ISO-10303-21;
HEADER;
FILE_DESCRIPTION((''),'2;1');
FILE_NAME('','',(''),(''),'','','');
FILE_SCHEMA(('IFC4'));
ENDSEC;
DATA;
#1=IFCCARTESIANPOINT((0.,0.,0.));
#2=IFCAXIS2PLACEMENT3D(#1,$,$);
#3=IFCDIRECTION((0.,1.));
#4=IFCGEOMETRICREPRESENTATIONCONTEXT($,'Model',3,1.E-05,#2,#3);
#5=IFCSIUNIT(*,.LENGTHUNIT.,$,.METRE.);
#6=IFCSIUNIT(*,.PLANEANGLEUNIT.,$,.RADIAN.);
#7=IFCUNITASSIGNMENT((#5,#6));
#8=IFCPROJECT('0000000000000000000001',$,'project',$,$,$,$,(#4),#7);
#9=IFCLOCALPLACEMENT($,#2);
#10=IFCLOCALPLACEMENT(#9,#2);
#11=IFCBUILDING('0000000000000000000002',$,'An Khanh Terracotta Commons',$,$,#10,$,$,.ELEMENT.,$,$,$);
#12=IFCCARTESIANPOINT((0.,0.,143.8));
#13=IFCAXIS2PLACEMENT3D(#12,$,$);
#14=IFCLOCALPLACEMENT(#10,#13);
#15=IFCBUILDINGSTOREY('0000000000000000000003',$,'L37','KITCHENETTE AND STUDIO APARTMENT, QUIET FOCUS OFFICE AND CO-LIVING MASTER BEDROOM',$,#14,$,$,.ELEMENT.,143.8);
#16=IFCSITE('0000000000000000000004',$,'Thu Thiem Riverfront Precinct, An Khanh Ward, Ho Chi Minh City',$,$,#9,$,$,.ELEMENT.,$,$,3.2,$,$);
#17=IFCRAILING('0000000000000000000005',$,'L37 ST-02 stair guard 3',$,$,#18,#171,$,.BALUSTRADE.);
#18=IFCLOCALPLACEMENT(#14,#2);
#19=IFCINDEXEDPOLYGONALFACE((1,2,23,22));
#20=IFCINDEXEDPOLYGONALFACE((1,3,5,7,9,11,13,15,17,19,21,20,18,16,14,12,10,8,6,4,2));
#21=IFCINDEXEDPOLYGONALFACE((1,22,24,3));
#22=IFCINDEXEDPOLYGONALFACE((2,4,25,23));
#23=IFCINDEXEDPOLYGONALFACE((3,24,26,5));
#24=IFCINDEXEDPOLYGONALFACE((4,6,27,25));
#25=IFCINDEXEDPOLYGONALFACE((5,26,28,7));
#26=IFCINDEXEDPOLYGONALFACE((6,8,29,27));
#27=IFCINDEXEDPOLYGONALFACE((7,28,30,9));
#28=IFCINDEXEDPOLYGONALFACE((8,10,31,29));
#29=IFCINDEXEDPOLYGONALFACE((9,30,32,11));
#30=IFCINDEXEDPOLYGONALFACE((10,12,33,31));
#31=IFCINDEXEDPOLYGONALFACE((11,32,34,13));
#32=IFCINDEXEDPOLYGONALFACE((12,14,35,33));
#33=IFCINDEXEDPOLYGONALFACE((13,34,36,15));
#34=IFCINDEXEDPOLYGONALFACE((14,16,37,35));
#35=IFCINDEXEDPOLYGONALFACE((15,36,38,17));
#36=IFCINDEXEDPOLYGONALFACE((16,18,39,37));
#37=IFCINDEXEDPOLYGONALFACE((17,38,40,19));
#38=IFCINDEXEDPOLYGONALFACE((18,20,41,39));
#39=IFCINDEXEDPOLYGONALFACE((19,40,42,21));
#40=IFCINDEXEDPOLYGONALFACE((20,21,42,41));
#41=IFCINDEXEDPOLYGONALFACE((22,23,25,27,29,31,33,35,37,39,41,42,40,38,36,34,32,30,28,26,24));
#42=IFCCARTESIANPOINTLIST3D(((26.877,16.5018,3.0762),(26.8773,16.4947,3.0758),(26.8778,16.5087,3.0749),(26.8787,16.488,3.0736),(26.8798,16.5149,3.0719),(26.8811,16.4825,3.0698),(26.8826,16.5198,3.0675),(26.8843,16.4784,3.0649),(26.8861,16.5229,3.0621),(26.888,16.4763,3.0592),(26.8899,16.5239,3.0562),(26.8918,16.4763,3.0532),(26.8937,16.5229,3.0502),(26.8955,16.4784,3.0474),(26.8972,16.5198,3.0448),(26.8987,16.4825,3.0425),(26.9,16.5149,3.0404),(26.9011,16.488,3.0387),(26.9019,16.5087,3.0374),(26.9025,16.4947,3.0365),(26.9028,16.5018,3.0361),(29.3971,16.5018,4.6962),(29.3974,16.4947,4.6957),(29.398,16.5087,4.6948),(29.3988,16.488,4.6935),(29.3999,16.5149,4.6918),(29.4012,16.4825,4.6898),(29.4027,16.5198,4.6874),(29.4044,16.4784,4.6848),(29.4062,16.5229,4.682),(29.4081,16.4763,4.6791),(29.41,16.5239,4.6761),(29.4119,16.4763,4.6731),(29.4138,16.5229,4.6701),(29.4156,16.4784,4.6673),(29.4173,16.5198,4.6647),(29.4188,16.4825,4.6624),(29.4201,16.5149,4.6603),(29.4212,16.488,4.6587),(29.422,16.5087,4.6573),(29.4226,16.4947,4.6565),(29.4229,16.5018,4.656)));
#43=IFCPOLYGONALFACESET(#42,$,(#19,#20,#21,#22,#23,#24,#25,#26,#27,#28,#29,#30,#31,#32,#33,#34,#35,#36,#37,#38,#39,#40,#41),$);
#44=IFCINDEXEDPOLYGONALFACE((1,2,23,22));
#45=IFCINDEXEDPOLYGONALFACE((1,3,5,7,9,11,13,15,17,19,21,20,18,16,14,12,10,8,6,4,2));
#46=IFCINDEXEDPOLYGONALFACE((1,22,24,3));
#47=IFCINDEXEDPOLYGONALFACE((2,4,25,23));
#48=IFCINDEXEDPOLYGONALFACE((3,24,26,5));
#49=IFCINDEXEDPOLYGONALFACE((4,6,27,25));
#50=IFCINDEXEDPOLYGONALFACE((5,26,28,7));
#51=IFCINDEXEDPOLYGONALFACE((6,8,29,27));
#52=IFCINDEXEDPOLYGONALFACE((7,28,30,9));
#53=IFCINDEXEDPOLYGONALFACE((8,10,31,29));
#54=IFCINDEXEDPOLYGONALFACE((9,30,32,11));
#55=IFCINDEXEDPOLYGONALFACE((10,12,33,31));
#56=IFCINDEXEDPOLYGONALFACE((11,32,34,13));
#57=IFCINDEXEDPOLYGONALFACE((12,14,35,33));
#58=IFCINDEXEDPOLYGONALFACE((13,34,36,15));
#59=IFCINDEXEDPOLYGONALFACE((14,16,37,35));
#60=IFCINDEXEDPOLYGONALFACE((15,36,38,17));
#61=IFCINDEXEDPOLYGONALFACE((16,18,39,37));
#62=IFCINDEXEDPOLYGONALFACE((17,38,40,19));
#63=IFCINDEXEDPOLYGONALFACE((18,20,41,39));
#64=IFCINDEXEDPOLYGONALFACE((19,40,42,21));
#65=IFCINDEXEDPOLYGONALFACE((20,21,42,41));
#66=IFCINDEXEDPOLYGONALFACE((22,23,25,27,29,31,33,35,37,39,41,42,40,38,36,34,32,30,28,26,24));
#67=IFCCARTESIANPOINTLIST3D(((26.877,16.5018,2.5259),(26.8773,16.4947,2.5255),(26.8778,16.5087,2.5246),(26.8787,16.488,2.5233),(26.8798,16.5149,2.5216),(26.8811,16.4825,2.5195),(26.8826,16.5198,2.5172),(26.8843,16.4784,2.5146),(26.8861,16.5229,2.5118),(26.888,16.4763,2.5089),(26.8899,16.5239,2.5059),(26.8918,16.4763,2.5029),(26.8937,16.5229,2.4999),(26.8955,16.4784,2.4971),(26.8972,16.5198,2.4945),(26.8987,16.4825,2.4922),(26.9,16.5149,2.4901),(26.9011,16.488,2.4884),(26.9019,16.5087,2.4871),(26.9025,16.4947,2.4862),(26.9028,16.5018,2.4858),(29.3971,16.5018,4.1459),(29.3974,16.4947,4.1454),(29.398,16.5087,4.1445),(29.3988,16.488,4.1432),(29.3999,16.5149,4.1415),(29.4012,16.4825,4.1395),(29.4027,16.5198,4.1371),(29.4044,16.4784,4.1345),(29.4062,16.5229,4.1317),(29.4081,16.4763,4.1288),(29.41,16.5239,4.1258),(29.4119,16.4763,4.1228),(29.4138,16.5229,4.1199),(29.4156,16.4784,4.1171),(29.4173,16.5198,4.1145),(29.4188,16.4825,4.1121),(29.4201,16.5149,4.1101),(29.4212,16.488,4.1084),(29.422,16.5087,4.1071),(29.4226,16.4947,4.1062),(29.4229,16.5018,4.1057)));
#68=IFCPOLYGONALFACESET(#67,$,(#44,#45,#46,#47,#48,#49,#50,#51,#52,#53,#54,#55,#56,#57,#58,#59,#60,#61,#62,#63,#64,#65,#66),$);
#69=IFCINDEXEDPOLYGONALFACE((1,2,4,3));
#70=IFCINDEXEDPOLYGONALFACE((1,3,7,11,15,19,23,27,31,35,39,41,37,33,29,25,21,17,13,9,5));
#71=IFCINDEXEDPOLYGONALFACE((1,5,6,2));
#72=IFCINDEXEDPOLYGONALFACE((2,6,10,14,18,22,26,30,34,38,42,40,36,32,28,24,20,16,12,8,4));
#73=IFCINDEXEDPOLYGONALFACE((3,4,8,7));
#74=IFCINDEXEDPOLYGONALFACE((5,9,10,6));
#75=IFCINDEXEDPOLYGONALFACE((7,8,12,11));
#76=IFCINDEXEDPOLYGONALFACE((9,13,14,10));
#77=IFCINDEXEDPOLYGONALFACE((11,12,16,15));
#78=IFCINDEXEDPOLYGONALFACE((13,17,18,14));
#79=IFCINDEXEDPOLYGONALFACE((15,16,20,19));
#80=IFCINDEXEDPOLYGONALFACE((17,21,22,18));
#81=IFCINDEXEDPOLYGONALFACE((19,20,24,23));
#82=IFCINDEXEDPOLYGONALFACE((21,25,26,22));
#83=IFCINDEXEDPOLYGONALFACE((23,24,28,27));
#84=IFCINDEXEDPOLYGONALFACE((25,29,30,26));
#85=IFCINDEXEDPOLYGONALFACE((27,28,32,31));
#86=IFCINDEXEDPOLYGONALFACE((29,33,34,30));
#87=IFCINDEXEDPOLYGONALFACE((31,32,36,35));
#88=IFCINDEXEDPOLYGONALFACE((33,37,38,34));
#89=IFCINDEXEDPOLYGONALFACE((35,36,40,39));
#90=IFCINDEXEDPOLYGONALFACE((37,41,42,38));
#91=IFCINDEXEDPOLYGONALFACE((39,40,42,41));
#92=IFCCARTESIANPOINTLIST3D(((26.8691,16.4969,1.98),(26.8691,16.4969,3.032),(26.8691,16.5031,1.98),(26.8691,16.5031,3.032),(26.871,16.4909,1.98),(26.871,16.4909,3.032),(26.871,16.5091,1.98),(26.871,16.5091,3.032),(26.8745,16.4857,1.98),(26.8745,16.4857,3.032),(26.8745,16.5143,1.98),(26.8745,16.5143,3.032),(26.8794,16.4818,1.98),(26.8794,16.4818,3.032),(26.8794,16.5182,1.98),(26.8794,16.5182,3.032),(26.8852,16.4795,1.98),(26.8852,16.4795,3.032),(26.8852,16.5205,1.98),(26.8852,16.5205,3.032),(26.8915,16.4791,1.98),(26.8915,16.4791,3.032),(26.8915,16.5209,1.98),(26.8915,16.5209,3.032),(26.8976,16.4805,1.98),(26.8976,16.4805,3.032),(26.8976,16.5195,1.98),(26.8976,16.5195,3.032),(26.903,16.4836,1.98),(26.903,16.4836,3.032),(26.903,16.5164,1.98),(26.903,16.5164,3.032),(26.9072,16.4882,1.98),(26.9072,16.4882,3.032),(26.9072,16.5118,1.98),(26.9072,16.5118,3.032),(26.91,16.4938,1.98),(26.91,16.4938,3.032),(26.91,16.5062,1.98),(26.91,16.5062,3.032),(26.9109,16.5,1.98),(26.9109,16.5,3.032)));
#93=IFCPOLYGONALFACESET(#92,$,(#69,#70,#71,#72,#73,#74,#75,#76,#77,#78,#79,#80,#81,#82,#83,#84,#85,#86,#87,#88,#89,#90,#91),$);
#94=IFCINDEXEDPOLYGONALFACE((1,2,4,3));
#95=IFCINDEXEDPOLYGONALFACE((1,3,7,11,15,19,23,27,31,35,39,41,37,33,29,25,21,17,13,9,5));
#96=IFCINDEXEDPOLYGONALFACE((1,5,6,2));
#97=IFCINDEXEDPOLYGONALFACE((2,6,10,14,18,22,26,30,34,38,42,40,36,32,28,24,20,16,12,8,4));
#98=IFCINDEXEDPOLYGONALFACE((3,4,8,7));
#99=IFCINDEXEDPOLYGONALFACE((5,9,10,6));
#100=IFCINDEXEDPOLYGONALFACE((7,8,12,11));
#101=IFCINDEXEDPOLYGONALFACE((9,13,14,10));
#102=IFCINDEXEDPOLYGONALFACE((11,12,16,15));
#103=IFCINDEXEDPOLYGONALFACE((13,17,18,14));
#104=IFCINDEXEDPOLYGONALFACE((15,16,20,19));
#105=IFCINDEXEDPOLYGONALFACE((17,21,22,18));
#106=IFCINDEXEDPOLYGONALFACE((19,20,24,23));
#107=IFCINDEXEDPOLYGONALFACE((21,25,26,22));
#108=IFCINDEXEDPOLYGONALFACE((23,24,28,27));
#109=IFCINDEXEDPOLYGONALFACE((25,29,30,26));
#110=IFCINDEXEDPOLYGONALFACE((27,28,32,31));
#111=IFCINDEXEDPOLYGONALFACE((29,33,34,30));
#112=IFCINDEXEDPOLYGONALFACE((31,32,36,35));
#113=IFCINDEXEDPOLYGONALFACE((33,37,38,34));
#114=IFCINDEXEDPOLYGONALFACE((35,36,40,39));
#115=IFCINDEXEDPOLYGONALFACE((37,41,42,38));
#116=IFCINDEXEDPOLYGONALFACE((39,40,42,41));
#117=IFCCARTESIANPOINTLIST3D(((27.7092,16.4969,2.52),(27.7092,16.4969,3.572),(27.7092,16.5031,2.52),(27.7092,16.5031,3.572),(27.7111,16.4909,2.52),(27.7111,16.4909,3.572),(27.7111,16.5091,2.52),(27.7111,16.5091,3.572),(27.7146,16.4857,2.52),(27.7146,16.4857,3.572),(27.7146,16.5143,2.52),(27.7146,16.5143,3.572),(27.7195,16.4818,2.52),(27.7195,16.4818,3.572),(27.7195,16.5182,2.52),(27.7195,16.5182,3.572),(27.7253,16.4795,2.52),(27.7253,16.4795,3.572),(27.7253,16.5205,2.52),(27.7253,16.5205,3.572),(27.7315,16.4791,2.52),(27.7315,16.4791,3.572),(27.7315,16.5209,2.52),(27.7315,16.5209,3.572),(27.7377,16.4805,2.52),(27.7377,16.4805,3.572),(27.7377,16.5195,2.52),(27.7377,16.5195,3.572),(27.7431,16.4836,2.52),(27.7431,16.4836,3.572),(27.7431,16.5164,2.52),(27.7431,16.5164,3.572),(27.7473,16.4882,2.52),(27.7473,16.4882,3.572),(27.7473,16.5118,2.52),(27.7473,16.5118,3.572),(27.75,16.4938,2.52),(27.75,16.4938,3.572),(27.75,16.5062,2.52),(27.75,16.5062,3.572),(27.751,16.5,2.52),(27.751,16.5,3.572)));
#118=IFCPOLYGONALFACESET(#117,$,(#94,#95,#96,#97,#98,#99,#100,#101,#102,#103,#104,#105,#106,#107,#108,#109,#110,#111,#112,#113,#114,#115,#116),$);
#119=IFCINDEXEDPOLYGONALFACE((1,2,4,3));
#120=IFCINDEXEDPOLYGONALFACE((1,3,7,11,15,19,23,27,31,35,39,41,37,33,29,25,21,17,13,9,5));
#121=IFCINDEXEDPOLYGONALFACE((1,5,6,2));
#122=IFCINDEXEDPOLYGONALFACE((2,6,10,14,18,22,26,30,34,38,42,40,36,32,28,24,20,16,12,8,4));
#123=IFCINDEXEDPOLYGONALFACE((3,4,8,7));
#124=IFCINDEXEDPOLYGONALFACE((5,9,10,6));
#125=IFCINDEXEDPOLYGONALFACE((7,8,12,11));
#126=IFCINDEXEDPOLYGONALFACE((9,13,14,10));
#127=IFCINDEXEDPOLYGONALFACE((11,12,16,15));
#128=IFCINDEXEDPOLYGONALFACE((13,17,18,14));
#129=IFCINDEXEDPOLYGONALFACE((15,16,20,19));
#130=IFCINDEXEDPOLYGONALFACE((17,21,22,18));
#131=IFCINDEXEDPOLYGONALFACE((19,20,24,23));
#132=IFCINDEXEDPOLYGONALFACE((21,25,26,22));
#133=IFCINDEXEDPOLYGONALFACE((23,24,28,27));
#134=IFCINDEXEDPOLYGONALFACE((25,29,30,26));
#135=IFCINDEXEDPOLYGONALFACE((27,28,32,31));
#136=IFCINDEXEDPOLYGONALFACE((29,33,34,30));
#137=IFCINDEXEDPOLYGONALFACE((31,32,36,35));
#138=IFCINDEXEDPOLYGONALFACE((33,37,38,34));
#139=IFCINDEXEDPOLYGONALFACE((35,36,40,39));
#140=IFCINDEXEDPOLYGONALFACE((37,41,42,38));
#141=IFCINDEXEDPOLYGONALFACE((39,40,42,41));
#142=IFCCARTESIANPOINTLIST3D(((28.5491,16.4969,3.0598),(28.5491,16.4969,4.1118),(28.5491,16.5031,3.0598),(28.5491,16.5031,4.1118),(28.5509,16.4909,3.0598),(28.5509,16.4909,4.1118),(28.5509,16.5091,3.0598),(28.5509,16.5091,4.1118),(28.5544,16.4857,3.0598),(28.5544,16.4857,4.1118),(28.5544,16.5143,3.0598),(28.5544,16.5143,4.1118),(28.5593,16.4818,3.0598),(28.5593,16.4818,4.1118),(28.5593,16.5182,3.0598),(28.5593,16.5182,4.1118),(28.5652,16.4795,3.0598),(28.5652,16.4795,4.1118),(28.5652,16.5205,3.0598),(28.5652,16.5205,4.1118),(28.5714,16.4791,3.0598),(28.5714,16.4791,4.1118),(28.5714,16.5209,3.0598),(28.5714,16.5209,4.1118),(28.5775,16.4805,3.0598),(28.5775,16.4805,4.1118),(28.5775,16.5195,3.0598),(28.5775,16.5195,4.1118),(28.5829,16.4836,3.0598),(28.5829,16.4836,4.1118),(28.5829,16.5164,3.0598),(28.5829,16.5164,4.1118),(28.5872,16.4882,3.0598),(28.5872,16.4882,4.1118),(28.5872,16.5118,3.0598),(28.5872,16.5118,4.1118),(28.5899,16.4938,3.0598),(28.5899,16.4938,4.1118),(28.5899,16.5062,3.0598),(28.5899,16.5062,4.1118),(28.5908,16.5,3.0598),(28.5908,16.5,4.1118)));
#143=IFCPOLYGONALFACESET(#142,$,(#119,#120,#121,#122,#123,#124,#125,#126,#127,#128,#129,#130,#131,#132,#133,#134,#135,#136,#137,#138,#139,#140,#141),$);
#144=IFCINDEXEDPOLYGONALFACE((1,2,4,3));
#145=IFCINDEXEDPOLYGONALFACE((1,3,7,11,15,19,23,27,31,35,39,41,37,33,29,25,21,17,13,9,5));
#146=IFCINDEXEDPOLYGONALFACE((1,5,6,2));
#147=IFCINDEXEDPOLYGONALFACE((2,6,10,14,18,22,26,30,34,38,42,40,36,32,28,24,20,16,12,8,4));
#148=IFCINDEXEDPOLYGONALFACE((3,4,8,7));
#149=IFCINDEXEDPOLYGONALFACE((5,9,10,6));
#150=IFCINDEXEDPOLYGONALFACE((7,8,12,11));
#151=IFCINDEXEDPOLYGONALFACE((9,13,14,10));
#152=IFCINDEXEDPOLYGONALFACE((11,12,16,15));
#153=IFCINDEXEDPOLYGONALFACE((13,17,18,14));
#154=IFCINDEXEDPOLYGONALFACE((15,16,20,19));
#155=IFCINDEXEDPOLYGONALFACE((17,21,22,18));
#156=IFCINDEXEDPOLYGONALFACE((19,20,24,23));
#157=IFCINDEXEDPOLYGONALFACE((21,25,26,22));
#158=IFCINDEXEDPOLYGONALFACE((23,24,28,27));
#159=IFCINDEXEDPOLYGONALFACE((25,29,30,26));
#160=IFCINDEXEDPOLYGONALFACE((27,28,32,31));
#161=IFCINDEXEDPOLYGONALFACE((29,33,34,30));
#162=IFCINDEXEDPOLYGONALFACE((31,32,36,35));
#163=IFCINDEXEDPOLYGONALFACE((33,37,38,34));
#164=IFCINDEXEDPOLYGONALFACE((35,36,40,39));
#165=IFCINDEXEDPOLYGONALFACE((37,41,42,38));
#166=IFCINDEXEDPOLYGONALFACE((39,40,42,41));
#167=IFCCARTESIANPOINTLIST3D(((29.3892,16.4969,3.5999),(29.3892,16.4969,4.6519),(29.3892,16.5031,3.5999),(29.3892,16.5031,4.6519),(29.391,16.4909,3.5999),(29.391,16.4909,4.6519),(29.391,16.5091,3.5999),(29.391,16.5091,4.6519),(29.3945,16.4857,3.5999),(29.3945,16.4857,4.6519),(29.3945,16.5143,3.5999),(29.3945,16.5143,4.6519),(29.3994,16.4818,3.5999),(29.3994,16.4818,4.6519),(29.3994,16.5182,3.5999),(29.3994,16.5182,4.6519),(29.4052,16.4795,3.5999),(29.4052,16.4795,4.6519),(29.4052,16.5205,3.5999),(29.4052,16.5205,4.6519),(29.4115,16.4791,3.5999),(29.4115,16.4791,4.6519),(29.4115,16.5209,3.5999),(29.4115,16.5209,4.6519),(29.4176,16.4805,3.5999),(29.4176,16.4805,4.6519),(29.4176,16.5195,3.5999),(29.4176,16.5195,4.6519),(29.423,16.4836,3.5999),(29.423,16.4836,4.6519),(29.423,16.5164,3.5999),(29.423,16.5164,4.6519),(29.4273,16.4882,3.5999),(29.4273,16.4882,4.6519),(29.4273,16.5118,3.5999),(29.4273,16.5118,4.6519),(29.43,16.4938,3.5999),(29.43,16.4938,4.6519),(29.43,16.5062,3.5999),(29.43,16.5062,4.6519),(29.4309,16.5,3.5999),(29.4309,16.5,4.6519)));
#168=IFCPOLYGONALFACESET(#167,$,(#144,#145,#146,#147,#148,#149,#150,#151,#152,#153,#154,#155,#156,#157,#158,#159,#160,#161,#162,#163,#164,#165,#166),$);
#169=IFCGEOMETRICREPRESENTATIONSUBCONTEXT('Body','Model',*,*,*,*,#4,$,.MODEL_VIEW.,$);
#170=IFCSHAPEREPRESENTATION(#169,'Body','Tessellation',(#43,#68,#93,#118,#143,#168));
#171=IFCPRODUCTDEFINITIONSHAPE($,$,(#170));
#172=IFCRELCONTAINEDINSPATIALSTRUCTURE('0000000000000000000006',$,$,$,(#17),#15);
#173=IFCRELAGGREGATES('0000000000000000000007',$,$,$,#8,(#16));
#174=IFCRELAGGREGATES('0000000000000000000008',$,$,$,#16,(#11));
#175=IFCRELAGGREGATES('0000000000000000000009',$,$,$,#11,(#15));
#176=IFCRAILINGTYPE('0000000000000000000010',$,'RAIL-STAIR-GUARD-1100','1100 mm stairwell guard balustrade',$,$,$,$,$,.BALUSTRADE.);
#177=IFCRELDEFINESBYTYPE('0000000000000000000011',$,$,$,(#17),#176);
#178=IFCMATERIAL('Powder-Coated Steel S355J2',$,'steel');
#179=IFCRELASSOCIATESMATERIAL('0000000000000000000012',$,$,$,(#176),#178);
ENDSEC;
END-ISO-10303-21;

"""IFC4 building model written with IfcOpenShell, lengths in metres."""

from ifc_helpers import new_model, si_unit, direction, frame, origin, origin_2d, place, context, subcontext, project, spatial, circle, extrude, material, type_object, element, save


model = new_model("IFC4")

# Units and contexts
model_context = context("Model", 3, precision=1e-05, world=origin(), true_north=direction((0.0, 1.0)))
body_context = subcontext(model_context, "Body", "Model", "MODEL_VIEW")
ifc_project = project(units=[si_unit("LENGTHUNIT", "METRE"), si_unit("PLANEANGLEUNIT", "RADIAN")], contexts=[model_context])

# Site, building, storey
site_placement = place(None, origin())
site = spatial("IfcSite", under=ifc_project, at=site_placement, Name="Thu Thiem Riverfront Precinct, An Khanh Ward, Ho Chi Minh City", CompositionType="ELEMENT", RefElevation=3.2)
building_placement = place(site_placement, origin())
building = spatial("IfcBuilding", under=site, at=building_placement, Name="An Khanh Terracotta Commons", CompositionType="ELEMENT")
storey_placement = place(building_placement, frame((0.0, 0.0, 143.8)))
storey = spatial("IfcBuildingStorey", under=building, at=storey_placement, Name="L37", Description="KITCHENETTE AND STUDIO APARTMENT, QUIET FOCUS OFFICE AND CO-LIVING MASTER BEDROOM", CompositionType="ELEMENT", Elevation=143.8)

# Railing
ifc_material_1 = material(Name="Powder-Coated Steel S355J2", Category="steel")
railing_type_1 = type_object("IfcRailingType", Name="RAIL-STAIR-GUARD-1100", Description="1100 mm stairwell guard balustrade", PredefinedType="BALUSTRADE", material=ifc_material_1)
railing_1_placement = place(storey_placement, frame((26.8899, 16.5, 1.98)))
element("IfcRailing", 1, at=railing_1_placement, inside=storey, type_object=railing_type_1, Name="L37 ST-02 stair guard 3", PredefinedType="BALUSTRADE", context=body_context, shape_type="SweptSolid", body=[
    extrude(circle(Radius=0.0239, at=origin_2d()), frame((0.0, 0.0, 1.0762), z_axis=(0.8412, 0.0, 0.540725), x_axis=(0.0, 1.0, 0.0)), (0.0, 0.0, 1.0), 2.9958),
    extrude(circle(Radius=0.0239, at=origin_2d()), frame((0.0, 0.0, 0.5259), z_axis=(0.8412, 0.0, 0.540725), x_axis=(0.0, 1.0, 0.0)), (0.0, 0.0, 1.0), 2.9958),
    extrude(circle(Radius=0.021, at=origin_2d()), origin(), (0.0, 0.0, 1.0), 1.052),
    extrude(circle(Radius=0.021, at=origin_2d()), frame((0.8401, 0.0, 0.54)), (0.0, 0.0, 1.0), 1.052),
    extrude(circle(Radius=0.021, at=origin_2d()), frame((1.6799, 0.0, 1.0798)), (0.0, 0.0, 1.0), 1.052),
    extrude(circle(Radius=0.021, at=origin_2d()), frame((2.52, 0.0, 1.6199)), (0.0, 0.0, 1.0), 1.052),
])

save(model, "model.ifc")
